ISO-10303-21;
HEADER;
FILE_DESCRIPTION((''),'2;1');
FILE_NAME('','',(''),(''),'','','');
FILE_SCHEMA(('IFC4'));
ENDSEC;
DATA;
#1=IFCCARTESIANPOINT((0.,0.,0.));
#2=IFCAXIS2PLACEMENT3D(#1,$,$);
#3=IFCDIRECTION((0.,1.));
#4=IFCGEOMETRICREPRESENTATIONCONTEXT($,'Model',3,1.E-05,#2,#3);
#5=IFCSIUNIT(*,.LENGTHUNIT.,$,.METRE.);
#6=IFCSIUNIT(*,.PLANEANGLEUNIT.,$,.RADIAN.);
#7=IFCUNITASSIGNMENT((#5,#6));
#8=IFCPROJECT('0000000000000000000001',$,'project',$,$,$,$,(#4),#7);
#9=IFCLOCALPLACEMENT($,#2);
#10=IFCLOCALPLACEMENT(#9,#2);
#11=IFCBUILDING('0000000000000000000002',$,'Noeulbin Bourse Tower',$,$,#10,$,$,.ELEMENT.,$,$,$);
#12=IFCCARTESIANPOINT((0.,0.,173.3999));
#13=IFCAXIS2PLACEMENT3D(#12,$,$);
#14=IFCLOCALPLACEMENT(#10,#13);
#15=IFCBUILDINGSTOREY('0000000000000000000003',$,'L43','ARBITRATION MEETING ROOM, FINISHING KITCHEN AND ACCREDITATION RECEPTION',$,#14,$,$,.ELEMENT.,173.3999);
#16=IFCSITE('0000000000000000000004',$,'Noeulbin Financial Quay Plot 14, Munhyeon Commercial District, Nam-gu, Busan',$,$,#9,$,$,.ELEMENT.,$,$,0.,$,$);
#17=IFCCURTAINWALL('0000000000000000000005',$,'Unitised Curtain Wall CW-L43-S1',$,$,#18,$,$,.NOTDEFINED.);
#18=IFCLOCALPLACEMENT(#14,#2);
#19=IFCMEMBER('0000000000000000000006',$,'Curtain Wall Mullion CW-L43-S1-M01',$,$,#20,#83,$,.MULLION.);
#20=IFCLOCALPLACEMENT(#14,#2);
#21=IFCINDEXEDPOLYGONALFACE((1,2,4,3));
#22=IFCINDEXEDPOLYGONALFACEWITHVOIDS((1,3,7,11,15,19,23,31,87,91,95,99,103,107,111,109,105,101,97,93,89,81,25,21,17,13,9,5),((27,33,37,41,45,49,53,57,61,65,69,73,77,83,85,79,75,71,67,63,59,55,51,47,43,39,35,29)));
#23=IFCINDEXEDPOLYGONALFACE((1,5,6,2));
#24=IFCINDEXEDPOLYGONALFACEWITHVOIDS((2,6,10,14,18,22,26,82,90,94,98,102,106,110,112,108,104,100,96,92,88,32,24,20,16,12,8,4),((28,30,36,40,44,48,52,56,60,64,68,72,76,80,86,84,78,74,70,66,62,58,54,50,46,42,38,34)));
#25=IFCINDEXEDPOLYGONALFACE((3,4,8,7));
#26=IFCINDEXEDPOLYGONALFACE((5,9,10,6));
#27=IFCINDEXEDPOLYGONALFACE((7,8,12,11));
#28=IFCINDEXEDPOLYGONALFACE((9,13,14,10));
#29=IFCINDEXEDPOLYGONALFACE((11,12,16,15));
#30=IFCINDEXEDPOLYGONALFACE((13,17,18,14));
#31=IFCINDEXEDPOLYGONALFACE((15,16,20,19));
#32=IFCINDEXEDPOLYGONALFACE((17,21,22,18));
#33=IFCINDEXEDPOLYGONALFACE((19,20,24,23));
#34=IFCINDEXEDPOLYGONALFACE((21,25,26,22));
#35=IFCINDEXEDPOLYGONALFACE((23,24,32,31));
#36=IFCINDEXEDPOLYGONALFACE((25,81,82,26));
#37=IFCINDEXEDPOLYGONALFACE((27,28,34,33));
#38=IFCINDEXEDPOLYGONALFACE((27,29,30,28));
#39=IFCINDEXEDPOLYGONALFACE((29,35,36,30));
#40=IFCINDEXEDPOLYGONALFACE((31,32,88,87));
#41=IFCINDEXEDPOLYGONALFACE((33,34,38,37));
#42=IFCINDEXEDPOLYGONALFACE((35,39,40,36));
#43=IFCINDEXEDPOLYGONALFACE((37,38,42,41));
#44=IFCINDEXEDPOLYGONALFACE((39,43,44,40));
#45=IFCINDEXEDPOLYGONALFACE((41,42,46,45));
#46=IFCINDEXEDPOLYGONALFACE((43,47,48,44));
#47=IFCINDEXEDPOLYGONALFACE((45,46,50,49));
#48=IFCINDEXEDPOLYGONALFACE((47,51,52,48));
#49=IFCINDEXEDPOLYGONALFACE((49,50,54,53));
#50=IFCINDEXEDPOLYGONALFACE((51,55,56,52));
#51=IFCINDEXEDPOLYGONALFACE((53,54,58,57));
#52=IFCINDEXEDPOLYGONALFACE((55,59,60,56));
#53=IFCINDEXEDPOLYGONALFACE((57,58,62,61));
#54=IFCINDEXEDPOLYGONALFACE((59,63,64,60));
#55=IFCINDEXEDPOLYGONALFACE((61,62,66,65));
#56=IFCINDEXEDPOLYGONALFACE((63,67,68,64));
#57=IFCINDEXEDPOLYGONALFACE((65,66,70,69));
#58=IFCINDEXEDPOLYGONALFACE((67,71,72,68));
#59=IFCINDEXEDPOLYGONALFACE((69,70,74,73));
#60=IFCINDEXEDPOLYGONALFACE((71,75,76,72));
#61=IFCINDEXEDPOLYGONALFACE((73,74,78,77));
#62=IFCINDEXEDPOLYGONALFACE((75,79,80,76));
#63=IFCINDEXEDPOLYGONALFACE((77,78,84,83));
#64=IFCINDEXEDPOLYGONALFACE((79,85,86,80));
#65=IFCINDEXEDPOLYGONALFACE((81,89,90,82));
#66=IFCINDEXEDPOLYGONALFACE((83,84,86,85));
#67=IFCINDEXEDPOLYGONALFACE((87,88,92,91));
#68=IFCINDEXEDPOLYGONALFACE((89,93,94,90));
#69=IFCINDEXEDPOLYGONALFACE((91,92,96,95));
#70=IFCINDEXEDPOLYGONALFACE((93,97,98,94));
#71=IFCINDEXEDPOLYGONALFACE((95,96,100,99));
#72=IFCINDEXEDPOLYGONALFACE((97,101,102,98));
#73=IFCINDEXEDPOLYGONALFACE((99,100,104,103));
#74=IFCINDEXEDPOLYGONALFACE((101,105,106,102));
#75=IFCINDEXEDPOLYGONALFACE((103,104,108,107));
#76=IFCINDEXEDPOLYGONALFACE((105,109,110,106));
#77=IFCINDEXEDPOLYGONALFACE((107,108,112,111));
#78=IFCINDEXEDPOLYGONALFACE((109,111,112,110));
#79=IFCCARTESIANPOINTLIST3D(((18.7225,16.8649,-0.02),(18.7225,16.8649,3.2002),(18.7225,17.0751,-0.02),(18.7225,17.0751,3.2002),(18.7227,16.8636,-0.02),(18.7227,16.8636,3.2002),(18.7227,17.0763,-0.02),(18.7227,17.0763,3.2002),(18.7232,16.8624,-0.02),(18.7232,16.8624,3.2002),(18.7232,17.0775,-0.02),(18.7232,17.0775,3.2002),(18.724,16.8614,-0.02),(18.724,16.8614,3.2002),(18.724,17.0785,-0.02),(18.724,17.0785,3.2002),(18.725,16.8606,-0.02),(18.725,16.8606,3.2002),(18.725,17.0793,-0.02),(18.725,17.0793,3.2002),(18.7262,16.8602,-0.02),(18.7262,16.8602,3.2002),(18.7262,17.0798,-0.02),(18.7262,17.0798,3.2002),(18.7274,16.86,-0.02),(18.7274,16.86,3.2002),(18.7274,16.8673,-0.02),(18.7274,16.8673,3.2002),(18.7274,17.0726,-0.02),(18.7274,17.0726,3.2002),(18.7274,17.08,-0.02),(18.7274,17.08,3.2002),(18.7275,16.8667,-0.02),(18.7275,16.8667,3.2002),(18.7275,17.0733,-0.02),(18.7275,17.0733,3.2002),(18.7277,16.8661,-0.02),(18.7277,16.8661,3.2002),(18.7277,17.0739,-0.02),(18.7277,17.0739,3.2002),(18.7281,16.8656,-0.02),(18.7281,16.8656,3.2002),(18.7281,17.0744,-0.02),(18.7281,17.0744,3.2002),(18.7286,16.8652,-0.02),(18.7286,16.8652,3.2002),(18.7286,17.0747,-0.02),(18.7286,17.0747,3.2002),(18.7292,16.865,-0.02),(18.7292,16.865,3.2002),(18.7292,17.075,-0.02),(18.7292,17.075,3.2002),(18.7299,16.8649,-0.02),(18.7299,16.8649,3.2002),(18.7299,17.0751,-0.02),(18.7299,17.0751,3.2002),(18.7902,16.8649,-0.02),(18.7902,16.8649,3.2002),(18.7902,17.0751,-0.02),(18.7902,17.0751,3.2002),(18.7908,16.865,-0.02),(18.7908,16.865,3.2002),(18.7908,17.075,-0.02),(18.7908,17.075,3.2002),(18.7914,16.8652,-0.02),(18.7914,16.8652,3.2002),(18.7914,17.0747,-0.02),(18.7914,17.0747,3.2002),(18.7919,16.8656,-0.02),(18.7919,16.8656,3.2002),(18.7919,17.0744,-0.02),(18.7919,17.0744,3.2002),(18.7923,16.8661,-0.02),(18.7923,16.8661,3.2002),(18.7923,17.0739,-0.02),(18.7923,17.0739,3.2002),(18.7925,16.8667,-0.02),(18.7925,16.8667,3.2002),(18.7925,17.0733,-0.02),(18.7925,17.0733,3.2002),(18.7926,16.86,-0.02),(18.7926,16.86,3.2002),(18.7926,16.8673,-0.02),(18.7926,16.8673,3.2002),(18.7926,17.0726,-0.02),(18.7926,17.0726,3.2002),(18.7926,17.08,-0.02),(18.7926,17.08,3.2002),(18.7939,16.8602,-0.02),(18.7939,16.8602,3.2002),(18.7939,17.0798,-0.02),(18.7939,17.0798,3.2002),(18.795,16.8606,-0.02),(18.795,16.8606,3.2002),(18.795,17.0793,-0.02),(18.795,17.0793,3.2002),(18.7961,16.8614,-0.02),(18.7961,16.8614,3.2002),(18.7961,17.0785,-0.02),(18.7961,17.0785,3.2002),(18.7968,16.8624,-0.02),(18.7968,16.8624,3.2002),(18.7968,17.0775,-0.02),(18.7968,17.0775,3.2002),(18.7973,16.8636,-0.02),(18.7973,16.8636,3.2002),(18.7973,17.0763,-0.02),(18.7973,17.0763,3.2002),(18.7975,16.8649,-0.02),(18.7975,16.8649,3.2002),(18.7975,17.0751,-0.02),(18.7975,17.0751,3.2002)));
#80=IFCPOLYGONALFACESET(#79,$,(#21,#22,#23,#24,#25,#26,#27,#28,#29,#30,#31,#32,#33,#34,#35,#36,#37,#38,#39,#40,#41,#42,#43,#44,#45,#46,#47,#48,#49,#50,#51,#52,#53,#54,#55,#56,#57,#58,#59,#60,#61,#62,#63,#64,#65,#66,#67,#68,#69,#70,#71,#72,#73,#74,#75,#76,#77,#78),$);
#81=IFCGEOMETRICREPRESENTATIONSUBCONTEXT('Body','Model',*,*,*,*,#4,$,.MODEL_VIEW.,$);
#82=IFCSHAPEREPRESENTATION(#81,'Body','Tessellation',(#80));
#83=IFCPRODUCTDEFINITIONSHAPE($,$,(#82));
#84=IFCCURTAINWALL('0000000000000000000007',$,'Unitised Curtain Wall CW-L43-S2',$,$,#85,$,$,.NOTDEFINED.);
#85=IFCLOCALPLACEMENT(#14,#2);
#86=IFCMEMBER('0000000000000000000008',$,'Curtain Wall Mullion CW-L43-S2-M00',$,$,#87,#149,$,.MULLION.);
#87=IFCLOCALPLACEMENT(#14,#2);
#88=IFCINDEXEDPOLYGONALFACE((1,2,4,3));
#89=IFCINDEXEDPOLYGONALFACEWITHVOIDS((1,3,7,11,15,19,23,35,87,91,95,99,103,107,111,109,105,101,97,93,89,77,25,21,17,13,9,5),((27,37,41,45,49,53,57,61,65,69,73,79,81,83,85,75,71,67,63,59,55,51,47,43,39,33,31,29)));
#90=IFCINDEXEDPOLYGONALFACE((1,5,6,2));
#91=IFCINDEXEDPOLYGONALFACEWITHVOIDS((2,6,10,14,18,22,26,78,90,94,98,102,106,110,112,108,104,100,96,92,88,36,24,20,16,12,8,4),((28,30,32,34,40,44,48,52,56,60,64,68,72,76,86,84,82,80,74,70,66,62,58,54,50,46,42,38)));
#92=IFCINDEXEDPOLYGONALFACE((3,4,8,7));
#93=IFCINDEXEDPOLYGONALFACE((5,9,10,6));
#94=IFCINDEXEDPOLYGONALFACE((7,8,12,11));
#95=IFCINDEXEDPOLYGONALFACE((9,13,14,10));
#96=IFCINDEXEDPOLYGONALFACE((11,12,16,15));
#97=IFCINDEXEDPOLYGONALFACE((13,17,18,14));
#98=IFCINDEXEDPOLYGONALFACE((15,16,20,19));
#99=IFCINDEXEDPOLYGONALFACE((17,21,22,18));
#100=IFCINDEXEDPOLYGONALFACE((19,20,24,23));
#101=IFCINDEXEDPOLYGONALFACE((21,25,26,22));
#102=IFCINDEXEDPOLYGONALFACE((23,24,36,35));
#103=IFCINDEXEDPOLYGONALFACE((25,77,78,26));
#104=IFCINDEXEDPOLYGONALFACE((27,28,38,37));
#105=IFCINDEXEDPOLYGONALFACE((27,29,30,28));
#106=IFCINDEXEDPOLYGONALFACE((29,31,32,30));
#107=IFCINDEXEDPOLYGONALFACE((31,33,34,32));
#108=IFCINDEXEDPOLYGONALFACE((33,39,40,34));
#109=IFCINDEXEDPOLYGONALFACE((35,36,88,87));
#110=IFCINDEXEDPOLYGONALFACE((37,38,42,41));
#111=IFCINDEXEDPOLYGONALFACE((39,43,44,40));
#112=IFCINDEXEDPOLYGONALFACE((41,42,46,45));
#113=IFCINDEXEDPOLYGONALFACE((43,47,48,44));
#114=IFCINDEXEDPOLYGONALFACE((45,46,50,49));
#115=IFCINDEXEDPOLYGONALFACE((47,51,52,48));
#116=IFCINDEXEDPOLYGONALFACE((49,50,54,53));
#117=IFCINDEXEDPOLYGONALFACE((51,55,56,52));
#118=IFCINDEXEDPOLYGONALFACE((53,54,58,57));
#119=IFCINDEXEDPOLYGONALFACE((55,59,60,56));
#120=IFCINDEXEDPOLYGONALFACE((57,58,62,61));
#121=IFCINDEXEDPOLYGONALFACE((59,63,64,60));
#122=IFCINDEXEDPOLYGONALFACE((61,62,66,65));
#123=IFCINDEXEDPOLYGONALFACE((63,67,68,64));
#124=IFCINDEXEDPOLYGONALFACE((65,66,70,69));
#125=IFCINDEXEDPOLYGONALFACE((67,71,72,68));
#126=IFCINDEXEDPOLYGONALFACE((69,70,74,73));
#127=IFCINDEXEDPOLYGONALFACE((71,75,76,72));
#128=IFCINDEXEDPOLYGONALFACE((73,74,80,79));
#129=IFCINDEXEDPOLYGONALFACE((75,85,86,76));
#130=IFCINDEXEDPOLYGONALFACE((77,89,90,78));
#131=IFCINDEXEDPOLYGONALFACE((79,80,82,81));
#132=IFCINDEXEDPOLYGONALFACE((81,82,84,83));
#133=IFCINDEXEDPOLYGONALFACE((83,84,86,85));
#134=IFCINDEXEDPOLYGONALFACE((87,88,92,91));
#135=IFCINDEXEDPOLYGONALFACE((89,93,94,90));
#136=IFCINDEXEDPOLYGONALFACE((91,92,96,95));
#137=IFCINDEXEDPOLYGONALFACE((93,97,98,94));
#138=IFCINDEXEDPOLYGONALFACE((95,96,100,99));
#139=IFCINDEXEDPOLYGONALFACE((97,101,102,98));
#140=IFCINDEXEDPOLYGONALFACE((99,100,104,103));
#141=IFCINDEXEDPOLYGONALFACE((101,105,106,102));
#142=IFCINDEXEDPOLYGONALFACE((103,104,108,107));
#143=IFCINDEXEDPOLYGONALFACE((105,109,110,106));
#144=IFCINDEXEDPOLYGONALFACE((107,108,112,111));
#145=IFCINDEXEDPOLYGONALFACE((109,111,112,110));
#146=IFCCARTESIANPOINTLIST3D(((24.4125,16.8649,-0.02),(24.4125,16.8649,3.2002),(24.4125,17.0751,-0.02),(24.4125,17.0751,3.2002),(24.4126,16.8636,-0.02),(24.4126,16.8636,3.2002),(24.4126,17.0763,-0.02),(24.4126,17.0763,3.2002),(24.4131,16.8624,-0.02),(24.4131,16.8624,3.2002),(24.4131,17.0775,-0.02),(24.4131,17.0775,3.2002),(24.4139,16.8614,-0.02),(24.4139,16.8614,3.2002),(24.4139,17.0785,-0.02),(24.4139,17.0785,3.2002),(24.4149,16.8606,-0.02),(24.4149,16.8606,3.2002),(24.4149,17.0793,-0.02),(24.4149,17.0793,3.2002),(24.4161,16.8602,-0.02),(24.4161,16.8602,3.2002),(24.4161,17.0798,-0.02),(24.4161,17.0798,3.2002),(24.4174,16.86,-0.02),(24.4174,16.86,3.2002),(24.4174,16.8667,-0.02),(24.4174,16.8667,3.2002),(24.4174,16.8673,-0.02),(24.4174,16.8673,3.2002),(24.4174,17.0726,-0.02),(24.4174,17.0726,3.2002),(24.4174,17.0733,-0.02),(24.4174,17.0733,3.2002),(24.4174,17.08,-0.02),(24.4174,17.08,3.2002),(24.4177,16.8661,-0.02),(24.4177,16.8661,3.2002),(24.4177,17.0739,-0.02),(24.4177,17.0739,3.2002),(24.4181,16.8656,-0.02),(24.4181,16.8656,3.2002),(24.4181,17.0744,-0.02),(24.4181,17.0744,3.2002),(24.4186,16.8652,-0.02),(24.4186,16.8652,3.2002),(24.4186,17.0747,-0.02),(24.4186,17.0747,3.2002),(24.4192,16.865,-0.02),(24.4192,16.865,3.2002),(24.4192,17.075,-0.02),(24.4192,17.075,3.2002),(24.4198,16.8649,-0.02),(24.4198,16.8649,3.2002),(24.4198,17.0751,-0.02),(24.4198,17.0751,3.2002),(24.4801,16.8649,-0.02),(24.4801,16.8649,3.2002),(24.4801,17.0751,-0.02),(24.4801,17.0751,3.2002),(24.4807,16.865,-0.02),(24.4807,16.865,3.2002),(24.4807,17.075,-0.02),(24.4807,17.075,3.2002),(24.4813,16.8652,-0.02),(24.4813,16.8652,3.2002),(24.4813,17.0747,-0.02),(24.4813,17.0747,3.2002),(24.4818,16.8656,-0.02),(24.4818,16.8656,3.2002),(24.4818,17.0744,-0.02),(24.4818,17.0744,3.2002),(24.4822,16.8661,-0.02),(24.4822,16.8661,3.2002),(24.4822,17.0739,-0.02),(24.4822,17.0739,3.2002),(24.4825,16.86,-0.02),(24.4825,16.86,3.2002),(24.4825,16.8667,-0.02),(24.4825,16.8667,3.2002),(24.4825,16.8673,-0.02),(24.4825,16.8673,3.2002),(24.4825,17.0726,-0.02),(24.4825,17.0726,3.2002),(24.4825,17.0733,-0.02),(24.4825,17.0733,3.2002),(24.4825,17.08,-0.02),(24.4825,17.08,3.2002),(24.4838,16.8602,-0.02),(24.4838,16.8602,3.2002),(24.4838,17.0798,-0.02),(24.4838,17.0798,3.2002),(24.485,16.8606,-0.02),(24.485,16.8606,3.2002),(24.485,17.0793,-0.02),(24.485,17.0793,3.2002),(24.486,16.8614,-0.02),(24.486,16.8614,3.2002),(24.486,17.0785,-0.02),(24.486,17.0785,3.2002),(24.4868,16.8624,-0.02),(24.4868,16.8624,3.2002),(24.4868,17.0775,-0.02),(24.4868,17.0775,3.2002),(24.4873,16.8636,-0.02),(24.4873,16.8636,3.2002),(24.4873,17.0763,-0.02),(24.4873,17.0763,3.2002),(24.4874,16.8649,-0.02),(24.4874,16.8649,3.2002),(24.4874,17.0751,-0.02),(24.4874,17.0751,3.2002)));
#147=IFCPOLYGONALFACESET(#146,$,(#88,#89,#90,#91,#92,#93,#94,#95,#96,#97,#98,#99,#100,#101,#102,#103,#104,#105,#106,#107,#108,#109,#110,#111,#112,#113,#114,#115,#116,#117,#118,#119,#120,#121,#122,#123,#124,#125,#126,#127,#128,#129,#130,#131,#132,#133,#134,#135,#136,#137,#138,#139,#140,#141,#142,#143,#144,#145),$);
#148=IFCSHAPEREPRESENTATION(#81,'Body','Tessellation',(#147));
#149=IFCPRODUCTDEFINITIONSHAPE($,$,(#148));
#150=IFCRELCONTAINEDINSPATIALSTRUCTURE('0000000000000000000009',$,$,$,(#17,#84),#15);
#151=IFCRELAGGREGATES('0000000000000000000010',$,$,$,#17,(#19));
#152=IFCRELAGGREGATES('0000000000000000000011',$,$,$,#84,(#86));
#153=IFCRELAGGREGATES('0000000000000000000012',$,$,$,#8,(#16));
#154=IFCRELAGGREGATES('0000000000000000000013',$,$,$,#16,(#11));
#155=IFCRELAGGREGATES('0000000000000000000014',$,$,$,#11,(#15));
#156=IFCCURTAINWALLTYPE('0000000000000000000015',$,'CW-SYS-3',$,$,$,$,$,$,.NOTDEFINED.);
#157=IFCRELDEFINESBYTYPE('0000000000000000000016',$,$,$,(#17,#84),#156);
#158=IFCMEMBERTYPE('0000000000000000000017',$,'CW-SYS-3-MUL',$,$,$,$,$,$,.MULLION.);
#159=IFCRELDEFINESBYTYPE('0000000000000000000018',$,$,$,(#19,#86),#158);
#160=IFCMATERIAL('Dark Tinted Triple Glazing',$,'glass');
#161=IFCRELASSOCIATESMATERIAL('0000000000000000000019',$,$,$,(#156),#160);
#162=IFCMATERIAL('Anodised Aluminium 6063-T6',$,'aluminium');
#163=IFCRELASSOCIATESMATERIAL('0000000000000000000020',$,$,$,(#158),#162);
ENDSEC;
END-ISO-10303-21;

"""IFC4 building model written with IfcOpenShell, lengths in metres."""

from ifc_helpers import new_model, si_unit, direction, frame, origin, origin_2d, place, context, subcontext, project, spatial, hollow_rectangle, extrude, material, material_profile, profile_set, type_object, element, aggregate, save


model = new_model("IFC4")

# Units and contexts
model_context = context("Model", 3, precision=1e-05, world=origin(), true_north=direction((0.0, 1.0)))
body_context = subcontext(model_context, "Body", "Model", "MODEL_VIEW")
ifc_project = project(units=[si_unit("LENGTHUNIT", "METRE"), si_unit("PLANEANGLEUNIT", "RADIAN")], contexts=[model_context])

# Site, building, storey
site_placement = place(None, origin())
site = spatial("IfcSite", under=ifc_project, at=site_placement, Name="Noeulbin Financial Quay Plot 14, Munhyeon Commercial District, Nam-gu, Busan", CompositionType="ELEMENT", RefElevation=0.0)
building_placement = place(site_placement, origin())
building = spatial("IfcBuilding", under=site, at=building_placement, Name="Noeulbin Bourse Tower", CompositionType="ELEMENT")
storey_placement = place(building_placement, frame((0.0, 0.0, 173.3999)))
storey = spatial("IfcBuildingStorey", under=building, at=storey_placement, Name="L43", Description="ARBITRATION MEETING ROOM, FINISHING KITCHEN AND ACCREDITATION RECEPTION", CompositionType="ELEMENT", Elevation=173.3999)

# Curtain wall, member
ifc_material_1 = material(Name="Dark Tinted Triple Glazing", Category="glass")
curtain_wall_type = type_object("IfcCurtainWallType", Name="CW-SYS-3", PredefinedType="NOTDEFINED", material=ifc_material_1)
curtain_wall_1_placement = place(storey_placement, origin())
curtain_wall_1 = element("IfcCurtainWall", 1, at=curtain_wall_1_placement, inside=storey, type_object=curtain_wall_type, Name="Unitised Curtain Wall CW-L43-S1", PredefinedType="NOTDEFINED")
ifc_material_2 = material(Name="Anodised Aluminium 6063-T6", Category="aluminium")
ifc_material_profile_1 = material_profile(ifc_material_2, hollow_rectangle(XDim=0.075, YDim=0.22, WallThickness=0.0049, InnerFilletRadius=0.0024, OuterFilletRadius=0.0049, at=origin_2d()), Name="ALU-MULL-75x220x5", Category="LoadBearing")
ifc_profile_set_1 = profile_set([ifc_material_profile_1], Name="Anodised Aluminium 6063-T6")
member_type_1 = type_object("IfcMemberType", Name="CW-SYS-3-MUL", PredefinedType="MULLION", material=ifc_profile_set_1)
member_1_placement = place(storey_placement, frame((18.76, 16.97, -0.02), z_axis=(0.0, 0.0, 1.0), x_axis=(1.0, 0.0, 0.0)))
member_1 = element("IfcMember", 2, at=member_1_placement, type_object=member_type_1, Name="Curtain Wall Mullion CW-L43-S1-M01", PredefinedType="MULLION", context=body_context, shape_type="SweptSolid", body=[
    extrude(hollow_rectangle(XDim=0.075, YDim=0.22, WallThickness=0.0049, InnerFilletRadius=0.0024, OuterFilletRadius=0.0049, at=origin_2d()), origin(), (0.0, 0.0, 1.0), 3.2202),
])
aggregate(curtain_wall_1, [member_1])

# Curtain wall, member
curtain_wall_2_placement = place(storey_placement, origin())
curtain_wall_2 = element("IfcCurtainWall", 3, at=curtain_wall_2_placement, inside=storey, type_object=curtain_wall_type, Name="Unitised Curtain Wall CW-L43-S2", PredefinedType="NOTDEFINED")
member_2_placement = place(storey_placement, frame((24.45, 16.97, -0.02), z_axis=(0.0, 0.0, 1.0), x_axis=(1.0, 0.0, 0.0)))
member_2 = element("IfcMember", 4, at=member_2_placement, type_object=member_type_1, Name="Curtain Wall Mullion CW-L43-S2-M00", PredefinedType="MULLION", context=body_context, shape_type="SweptSolid", body=[
    extrude(hollow_rectangle(XDim=0.075, YDim=0.22, WallThickness=0.0049, InnerFilletRadius=0.0024, OuterFilletRadius=0.0049, at=origin_2d()), origin(), (0.0, 0.0, 1.0), 3.2202),
])
aggregate(curtain_wall_2, [member_2])

save(model, "model.ifc")
